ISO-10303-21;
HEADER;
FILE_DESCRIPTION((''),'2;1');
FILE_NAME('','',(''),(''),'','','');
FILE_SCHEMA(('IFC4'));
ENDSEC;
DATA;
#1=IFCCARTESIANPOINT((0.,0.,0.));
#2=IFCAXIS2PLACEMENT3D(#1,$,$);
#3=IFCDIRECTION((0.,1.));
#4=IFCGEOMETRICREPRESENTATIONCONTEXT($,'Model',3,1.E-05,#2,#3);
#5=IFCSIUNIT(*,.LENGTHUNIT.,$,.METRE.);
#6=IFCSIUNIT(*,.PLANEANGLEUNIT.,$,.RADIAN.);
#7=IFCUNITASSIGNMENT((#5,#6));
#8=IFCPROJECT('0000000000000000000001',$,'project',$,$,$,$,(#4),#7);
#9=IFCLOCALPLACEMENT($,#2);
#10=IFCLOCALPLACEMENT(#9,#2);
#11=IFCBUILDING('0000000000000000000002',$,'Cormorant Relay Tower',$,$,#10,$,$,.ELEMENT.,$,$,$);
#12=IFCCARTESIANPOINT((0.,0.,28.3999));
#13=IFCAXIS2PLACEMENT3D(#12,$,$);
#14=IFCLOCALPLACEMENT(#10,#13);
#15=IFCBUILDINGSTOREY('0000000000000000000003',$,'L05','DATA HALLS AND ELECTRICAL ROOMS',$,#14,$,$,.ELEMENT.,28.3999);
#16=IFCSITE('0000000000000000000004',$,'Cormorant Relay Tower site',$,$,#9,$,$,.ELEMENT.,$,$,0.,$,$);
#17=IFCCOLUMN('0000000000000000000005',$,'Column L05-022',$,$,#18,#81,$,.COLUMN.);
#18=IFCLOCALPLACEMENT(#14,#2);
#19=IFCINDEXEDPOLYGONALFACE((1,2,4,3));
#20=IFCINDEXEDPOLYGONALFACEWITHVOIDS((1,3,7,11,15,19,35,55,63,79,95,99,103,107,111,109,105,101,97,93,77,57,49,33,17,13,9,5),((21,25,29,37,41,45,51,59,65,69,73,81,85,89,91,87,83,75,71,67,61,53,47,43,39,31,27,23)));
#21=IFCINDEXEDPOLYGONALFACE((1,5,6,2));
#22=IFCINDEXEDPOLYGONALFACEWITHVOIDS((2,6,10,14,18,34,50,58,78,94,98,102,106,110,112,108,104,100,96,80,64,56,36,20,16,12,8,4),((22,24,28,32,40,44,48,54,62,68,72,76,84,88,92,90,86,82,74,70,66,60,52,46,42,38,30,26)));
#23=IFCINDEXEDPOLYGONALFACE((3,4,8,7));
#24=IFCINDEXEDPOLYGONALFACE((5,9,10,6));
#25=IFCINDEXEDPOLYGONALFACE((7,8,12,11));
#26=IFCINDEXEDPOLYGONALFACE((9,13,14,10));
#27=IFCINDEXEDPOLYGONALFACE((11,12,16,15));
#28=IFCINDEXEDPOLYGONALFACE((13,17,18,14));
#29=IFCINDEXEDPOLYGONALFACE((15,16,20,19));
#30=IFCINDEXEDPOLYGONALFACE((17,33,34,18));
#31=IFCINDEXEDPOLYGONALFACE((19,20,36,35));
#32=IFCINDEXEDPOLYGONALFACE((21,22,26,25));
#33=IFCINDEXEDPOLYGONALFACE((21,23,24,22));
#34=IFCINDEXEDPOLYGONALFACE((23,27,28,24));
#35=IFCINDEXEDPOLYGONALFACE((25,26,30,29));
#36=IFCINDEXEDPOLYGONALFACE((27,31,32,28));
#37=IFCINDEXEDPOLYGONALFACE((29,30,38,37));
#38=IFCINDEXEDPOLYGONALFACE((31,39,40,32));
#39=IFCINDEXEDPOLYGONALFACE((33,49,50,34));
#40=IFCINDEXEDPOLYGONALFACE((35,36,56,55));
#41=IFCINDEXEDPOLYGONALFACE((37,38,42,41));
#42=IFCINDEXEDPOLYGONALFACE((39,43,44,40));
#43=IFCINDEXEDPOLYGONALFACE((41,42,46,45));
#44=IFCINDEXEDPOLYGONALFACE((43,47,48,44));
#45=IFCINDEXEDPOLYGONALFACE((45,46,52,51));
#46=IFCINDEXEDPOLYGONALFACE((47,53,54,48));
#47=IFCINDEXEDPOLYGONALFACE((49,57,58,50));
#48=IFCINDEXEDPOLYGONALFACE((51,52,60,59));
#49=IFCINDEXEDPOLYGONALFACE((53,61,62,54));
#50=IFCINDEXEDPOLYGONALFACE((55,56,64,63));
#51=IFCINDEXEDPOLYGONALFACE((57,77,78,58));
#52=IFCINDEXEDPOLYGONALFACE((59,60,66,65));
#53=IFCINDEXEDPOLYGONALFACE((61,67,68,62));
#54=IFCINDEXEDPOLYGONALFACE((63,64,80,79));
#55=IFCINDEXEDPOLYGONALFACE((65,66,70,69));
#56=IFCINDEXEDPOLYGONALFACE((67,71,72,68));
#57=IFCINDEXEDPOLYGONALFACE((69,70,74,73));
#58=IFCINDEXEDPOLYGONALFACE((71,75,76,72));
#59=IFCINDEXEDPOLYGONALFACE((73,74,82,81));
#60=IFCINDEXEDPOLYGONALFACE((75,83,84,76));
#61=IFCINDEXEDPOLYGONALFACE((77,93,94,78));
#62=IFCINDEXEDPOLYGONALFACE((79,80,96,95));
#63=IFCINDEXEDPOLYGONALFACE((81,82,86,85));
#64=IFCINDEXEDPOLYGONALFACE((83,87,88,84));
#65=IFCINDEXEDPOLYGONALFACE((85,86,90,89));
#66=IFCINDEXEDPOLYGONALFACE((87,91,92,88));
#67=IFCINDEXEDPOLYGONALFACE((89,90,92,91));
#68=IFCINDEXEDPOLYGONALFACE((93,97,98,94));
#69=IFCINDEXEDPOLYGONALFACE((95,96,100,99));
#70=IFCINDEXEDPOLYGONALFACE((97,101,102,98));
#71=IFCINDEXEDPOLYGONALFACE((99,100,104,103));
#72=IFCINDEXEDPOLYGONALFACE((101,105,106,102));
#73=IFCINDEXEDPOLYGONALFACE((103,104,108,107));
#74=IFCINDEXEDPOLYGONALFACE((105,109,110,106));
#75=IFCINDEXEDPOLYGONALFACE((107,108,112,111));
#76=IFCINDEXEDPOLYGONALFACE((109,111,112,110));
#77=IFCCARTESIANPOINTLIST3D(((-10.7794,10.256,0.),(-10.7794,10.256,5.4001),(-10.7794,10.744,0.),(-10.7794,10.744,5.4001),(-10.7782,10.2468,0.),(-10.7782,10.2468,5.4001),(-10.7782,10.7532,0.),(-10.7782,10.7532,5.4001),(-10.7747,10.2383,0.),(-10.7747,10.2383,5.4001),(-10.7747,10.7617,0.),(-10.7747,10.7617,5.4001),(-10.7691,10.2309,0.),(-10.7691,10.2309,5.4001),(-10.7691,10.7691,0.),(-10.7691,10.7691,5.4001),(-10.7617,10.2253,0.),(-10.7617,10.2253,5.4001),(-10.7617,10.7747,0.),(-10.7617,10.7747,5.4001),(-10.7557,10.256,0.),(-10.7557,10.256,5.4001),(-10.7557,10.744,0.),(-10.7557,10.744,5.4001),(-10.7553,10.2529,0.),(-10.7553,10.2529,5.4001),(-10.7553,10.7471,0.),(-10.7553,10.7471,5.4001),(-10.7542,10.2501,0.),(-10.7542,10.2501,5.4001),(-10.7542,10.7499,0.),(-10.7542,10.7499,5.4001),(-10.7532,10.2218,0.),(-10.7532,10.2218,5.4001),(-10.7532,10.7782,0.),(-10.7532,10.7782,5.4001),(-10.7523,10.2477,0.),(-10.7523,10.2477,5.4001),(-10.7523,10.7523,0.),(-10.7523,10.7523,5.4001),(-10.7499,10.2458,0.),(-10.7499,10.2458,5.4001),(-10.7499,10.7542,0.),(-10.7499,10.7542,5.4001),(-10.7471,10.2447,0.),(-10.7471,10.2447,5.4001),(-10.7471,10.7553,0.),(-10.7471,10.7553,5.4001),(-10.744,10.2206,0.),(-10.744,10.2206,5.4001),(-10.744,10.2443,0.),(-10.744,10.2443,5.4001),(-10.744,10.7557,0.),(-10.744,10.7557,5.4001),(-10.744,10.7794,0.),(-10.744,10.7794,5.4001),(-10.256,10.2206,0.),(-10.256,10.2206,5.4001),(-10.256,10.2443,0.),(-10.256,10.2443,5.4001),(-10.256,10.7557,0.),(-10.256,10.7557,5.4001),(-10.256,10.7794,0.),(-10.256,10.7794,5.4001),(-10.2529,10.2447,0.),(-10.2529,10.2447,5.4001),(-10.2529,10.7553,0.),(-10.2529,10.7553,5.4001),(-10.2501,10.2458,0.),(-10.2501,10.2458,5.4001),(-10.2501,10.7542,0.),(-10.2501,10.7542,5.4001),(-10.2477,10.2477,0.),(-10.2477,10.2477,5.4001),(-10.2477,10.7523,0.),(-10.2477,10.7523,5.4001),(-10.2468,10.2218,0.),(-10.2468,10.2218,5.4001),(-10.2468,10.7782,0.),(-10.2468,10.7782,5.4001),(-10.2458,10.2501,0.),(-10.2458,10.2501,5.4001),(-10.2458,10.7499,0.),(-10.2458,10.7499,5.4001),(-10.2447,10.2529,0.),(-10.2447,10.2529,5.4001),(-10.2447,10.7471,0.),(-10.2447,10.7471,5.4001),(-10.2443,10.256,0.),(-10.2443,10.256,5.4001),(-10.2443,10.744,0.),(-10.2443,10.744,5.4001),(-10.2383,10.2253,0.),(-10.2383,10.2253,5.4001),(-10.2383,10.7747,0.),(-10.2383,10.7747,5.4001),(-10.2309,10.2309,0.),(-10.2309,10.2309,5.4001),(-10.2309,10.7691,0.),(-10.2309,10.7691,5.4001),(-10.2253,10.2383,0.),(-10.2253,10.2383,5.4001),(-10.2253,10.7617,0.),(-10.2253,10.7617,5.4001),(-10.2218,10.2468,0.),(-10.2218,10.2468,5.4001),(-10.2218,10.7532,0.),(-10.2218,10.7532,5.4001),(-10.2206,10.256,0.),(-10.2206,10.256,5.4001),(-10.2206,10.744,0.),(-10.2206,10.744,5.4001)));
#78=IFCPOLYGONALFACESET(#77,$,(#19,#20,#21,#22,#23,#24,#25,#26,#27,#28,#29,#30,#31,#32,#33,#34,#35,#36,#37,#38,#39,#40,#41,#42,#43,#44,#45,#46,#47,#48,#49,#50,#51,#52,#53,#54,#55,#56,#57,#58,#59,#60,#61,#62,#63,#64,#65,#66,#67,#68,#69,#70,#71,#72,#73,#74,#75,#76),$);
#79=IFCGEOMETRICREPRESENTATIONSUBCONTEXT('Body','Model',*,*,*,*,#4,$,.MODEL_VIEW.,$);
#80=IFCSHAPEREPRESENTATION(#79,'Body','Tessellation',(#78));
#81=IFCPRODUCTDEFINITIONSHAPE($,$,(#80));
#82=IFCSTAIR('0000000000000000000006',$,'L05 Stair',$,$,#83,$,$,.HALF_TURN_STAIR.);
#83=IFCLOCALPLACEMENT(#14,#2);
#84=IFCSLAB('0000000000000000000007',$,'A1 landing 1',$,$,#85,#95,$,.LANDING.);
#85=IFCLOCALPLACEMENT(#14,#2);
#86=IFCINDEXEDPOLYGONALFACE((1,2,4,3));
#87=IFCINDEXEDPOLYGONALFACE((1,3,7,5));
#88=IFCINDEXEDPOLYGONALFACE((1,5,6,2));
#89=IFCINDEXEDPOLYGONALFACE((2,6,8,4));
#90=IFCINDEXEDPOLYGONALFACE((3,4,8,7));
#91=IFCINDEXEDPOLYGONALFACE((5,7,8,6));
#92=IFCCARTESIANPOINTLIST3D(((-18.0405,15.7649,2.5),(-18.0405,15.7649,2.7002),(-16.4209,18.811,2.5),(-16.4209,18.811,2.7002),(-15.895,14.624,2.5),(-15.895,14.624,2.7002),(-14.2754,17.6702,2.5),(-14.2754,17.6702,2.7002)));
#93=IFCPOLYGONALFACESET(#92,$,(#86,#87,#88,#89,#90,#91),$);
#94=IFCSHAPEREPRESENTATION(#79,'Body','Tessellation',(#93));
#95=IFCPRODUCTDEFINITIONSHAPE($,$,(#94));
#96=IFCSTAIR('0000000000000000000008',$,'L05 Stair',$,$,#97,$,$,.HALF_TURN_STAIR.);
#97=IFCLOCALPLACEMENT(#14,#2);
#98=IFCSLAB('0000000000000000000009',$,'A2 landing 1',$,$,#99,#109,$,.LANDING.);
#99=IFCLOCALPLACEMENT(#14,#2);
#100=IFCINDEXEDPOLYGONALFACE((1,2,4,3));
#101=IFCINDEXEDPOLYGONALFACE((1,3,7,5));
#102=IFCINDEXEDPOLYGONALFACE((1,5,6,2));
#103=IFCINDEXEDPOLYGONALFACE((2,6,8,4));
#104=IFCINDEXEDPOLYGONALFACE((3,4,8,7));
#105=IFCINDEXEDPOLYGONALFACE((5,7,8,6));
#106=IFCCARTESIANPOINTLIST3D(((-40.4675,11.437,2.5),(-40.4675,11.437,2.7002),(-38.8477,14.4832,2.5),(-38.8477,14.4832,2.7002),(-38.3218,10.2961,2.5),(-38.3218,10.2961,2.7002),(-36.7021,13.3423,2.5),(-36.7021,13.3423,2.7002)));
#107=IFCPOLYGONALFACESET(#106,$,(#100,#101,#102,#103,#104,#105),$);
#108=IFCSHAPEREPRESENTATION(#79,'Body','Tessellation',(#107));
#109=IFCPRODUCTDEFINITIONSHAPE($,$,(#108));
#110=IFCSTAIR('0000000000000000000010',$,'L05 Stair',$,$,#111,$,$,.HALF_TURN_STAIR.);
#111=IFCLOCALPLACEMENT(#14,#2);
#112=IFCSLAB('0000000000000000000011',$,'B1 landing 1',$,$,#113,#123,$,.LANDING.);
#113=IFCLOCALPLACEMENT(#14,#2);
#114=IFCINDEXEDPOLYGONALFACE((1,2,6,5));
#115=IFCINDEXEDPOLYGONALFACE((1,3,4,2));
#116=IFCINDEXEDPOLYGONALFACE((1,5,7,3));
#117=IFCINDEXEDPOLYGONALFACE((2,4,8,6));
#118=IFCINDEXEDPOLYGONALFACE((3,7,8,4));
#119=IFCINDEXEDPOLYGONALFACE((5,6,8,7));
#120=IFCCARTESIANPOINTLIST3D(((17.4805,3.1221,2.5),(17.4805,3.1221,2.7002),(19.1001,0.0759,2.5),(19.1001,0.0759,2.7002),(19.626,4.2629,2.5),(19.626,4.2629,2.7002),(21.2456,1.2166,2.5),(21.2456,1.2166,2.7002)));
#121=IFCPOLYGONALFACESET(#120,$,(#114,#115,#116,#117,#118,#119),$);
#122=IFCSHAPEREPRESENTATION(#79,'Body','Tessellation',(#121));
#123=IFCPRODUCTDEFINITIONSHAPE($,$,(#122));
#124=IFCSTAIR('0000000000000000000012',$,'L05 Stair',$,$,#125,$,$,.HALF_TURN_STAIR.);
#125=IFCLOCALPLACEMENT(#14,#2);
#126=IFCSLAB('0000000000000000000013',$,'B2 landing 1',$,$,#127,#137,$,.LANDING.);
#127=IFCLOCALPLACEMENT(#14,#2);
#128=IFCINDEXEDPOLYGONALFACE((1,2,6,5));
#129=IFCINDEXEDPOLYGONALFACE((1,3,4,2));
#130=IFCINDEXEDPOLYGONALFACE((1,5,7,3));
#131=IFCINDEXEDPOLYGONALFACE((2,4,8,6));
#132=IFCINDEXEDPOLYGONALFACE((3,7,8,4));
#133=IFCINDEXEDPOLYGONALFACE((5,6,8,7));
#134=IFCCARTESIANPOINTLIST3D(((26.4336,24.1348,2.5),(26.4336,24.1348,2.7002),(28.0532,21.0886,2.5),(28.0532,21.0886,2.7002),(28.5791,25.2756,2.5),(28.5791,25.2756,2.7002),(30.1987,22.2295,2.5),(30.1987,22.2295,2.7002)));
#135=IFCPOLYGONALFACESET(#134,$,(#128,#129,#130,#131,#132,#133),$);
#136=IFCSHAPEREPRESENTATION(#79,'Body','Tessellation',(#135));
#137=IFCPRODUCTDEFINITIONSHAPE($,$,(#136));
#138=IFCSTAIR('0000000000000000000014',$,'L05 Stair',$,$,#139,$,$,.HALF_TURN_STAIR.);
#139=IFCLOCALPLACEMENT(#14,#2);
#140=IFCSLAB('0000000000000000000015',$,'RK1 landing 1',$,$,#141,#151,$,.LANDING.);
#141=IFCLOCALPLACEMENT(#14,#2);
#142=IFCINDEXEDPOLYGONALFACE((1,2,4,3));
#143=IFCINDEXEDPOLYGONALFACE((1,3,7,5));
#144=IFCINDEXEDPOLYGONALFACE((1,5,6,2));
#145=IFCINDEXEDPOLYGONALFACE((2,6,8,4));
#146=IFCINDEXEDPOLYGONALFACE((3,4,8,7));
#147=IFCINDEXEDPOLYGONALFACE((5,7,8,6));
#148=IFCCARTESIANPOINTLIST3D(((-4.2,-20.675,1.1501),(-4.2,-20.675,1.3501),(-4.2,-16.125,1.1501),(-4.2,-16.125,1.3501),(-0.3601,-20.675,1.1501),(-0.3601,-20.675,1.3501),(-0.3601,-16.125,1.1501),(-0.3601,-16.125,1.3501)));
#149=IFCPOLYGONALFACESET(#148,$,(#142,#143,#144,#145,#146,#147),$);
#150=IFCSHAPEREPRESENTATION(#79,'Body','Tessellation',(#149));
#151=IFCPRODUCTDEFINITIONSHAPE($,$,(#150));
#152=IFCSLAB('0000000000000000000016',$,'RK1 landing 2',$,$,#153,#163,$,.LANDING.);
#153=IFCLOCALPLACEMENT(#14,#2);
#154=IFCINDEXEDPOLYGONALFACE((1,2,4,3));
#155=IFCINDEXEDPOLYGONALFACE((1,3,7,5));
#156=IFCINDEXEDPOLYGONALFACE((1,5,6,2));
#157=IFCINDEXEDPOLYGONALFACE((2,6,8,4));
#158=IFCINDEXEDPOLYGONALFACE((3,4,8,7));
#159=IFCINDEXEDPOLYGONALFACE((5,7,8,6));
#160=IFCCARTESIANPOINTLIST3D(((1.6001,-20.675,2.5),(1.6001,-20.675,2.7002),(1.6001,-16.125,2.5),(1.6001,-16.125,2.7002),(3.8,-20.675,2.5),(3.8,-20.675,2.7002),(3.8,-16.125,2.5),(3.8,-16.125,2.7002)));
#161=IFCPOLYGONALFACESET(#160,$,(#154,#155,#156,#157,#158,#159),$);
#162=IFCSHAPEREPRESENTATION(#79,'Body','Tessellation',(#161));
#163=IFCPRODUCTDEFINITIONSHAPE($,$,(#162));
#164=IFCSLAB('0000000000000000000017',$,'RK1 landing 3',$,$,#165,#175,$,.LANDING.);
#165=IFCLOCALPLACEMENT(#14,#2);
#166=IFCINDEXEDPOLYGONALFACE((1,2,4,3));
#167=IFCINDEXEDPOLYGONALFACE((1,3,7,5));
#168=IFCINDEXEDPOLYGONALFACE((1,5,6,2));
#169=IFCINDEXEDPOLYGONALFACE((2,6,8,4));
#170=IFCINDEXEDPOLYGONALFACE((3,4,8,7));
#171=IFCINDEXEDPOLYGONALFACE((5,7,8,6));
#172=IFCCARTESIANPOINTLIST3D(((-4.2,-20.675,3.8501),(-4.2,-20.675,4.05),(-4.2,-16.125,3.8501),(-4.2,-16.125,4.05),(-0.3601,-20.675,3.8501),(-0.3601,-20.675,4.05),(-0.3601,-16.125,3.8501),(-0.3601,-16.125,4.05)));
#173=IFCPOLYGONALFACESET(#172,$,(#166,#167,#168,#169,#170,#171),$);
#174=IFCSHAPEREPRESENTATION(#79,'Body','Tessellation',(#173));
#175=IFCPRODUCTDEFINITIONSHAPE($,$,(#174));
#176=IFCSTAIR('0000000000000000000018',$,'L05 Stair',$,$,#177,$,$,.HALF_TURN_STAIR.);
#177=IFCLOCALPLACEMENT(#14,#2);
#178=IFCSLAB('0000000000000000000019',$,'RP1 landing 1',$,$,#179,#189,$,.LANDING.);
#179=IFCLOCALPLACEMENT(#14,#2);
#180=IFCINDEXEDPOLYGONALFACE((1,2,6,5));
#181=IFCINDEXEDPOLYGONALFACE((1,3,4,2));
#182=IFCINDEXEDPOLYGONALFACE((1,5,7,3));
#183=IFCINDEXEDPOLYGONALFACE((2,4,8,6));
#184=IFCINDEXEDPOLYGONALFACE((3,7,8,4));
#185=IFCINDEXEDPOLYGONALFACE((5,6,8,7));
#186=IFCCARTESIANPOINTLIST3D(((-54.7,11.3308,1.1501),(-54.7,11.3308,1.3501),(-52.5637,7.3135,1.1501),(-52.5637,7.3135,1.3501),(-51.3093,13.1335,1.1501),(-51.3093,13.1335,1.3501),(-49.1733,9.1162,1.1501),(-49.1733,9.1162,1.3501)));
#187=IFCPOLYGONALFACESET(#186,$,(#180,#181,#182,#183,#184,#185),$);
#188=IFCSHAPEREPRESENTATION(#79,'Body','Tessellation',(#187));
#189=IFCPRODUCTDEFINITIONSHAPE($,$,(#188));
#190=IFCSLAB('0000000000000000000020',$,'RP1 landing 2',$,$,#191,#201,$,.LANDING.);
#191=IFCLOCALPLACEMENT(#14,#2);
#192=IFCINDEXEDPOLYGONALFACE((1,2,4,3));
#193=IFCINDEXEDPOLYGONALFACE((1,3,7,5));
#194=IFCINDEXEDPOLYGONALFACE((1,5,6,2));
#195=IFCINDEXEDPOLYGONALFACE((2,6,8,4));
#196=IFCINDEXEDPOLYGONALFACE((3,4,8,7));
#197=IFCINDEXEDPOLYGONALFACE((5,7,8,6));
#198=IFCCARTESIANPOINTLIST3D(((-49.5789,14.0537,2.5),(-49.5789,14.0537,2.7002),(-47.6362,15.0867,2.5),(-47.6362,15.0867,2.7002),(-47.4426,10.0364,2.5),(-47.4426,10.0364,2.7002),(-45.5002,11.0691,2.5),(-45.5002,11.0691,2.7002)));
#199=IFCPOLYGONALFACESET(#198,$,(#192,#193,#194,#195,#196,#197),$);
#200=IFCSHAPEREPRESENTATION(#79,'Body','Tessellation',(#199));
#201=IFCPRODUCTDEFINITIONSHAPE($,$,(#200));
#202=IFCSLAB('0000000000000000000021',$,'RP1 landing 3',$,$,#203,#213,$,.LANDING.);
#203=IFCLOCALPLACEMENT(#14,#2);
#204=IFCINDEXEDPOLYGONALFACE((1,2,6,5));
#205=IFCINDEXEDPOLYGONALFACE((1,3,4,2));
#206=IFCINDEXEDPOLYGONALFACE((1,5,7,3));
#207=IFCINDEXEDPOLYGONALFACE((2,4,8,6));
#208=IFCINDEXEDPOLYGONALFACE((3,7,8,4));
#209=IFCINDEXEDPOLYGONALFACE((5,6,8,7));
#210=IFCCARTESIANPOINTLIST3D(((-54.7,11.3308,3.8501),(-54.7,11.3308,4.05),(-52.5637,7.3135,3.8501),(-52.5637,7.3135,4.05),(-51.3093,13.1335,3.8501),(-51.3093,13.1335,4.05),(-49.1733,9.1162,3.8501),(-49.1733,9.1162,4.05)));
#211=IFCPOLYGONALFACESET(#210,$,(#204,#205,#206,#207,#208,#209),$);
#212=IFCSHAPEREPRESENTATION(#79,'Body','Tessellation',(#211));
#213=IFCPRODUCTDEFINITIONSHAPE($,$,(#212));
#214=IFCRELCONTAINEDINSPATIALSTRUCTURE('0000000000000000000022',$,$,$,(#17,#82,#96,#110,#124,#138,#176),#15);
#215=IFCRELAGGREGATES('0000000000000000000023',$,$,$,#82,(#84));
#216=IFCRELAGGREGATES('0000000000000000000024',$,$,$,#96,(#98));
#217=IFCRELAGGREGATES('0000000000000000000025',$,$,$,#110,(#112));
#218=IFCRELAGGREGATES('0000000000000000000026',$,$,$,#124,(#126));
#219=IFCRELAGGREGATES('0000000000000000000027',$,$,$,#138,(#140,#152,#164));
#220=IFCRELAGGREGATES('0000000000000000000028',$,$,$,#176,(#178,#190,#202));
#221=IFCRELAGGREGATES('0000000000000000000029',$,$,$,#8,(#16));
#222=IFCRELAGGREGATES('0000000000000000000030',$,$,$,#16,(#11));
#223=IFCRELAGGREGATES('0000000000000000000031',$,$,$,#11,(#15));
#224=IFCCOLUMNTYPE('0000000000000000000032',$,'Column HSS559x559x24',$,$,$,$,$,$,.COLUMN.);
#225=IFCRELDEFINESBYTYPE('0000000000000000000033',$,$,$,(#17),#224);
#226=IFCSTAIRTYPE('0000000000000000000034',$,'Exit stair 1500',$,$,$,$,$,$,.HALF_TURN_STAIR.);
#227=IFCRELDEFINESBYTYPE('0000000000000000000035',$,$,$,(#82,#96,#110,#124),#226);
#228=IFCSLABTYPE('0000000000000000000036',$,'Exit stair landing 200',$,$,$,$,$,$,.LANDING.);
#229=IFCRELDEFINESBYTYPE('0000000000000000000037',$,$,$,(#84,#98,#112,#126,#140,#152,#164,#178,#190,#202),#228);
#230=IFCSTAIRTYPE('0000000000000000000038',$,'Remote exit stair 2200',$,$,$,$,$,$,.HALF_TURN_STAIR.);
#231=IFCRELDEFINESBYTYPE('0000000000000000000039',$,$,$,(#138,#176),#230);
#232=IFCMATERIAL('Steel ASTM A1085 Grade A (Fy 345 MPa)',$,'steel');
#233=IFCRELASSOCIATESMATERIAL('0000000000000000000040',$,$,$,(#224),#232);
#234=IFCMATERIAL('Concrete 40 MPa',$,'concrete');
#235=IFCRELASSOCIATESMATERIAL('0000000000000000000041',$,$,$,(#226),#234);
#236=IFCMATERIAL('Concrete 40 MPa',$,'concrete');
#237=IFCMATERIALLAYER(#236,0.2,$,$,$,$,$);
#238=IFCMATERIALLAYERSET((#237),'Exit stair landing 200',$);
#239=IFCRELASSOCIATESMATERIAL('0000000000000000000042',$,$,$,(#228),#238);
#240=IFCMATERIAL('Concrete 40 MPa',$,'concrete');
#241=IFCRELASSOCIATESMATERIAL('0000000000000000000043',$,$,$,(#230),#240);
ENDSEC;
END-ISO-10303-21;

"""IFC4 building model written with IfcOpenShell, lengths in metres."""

from ifc_helpers import new_model, si_unit, direction, frame, origin, origin_2d, place, context, subcontext, project, spatial, polyline, hollow_rectangle, outline, extrude, material, layer, layer_set, material_profile, profile_set, type_object, element, aggregate, save


model = new_model("IFC4")

# Units and contexts
model_context = context("Model", 3, precision=1e-05, world=origin(), true_north=direction((0.0, 1.0)))
body_context = subcontext(model_context, "Body", "Model", "MODEL_VIEW")
ifc_project = project(units=[si_unit("LENGTHUNIT", "METRE"), si_unit("PLANEANGLEUNIT", "RADIAN")], contexts=[model_context])

# Site, building, storey
site_placement = place(None, origin())
site = spatial("IfcSite", under=ifc_project, at=site_placement, Name="Cormorant Relay Tower site", CompositionType="ELEMENT", RefElevation=0.0)
building_placement = place(site_placement, origin())
building = spatial("IfcBuilding", under=site, at=building_placement, Name="Cormorant Relay Tower", CompositionType="ELEMENT")
storey_placement = place(building_placement, frame((0.0, 0.0, 28.3999)))
storey = spatial("IfcBuildingStorey", under=building, at=storey_placement, Name="L05", Description="DATA HALLS AND ELECTRICAL ROOMS", CompositionType="ELEMENT", Elevation=28.3999)

# Column
ifc_material_1 = material(Name="Steel ASTM A1085 Grade A (Fy 345 MPa)", Category="steel")
ifc_material_profile = material_profile(ifc_material_1, hollow_rectangle(XDim=0.5588, YDim=0.5588, WallThickness=0.0237, InnerFilletRadius=0.0117, OuterFilletRadius=0.0354, at=origin_2d()), Name="HSS559x559x24")
ifc_profile_set = profile_set([ifc_material_profile], Name="Steel ASTM A1085 Grade A (Fy 345 MPa)")
column_type = type_object("IfcColumnType", Name="Column HSS559x559x24", PredefinedType="COLUMN", material=ifc_profile_set)
column_placement = place(storey_placement, frame((-10.5, 10.5, 0.0), z_axis=(0.0, 0.0, 1.0), x_axis=(1.0, 0.0, 0.0)))
element("IfcColumn", 1, at=column_placement, inside=storey, type_object=column_type, Name="Column L05-022", PredefinedType="COLUMN", context=body_context, shape_type="SweptSolid", body=[
    extrude(hollow_rectangle(XDim=0.5588, YDim=0.5588, WallThickness=0.0237, InnerFilletRadius=0.0117, OuterFilletRadius=0.0354, at=origin_2d()), origin(), (0.0, 0.0, 1.0), 5.4001),
])

# Stairs, slabs
ifc_material_2 = material(Name="Concrete 40 MPa", Category="concrete")
stair_type_1 = type_object("IfcStairType", Name="Exit stair 1500", PredefinedType="HALF_TURN_STAIR", material=ifc_material_2)
stair_1_placement = place(storey_placement, origin())
stair_1 = element("IfcStair", 2, at=stair_1_placement, inside=storey, type_object=stair_type_1, Name="L05 Stair", PredefinedType="HALF_TURN_STAIR")
ifc_material_3 = material(Name="Concrete 40 MPa", Category="concrete")
ifc_layer_1 = layer(ifc_material_3, 0.2)
ifc_layer_set_1 = layer_set([ifc_layer_1], Name="Exit stair landing 200")
slab_type = type_object("IfcSlabType", Name="Exit stair landing 200", PredefinedType="LANDING", material=ifc_layer_set_1)
slab_1_placement = place(storey_placement, frame((0.0, 0.0, 2.5)))
slab_1 = element("IfcSlab", 3, at=slab_1_placement, type_object=slab_type, Name="A1 landing 1", PredefinedType="LANDING", context=body_context, shape_type="SweptSolid", body=[
    extrude(outline(polyline([(-18.0405, 15.7649), (-15.895, 14.624), (-14.2754, 17.6702), (-16.4209, 18.811), (-18.0405, 15.7649)])), origin(), (0.0, 0.0, 1.0), 0.2002),
])
aggregate(stair_1, [slab_1])
stair_2_placement = place(storey_placement, origin())
stair_2 = element("IfcStair", 4, at=stair_2_placement, inside=storey, type_object=stair_type_1, Name="L05 Stair", PredefinedType="HALF_TURN_STAIR")
slab_2_placement = place(storey_placement, frame((0.0, 0.0, 2.5)))
slab_2 = element("IfcSlab", 5, at=slab_2_placement, type_object=slab_type, Name="A2 landing 1", PredefinedType="LANDING", context=body_context, shape_type="SweptSolid", body=[
    extrude(outline(polyline([(-36.7021, 13.3423), (-38.8477, 14.4832), (-40.4675, 11.437), (-38.3218, 10.2961), (-36.7021, 13.3423)])), origin(), (0.0, 0.0, 1.0), 0.2002),
])
aggregate(stair_2, [slab_2])
stair_3_placement = place(storey_placement, origin())
stair_3 = element("IfcStair", 6, at=stair_3_placement, inside=storey, type_object=stair_type_1, Name="L05 Stair", PredefinedType="HALF_TURN_STAIR")
slab_3_placement = place(storey_placement, frame((0.0, 0.0, 2.5)))
slab_3 = element("IfcSlab", 7, at=slab_3_placement, type_object=slab_type, Name="B1 landing 1", PredefinedType="LANDING", context=body_context, shape_type="SweptSolid", body=[
    extrude(outline(polyline([(19.626, 4.2629), (17.4805, 3.1221), (19.1001, 0.0759), (21.2456, 1.2166), (19.626, 4.2629)])), origin(), (0.0, 0.0, 1.0), 0.2002),
])
aggregate(stair_3, [slab_3])
stair_4_placement = place(storey_placement, origin())
stair_4 = element("IfcStair", 8, at=stair_4_placement, inside=storey, type_object=stair_type_1, Name="L05 Stair", PredefinedType="HALF_TURN_STAIR")
slab_4_placement = place(storey_placement, frame((0.0, 0.0, 2.5)))
slab_4 = element("IfcSlab", 9, at=slab_4_placement, type_object=slab_type, Name="B2 landing 1", PredefinedType="LANDING", context=body_context, shape_type="SweptSolid", body=[
    extrude(outline(polyline([(28.0532, 21.0886), (30.1987, 22.2295), (28.5791, 25.2756), (26.4336, 24.1348), (28.0532, 21.0886)])), origin(), (0.0, 0.0, 1.0), 0.2002),
])
aggregate(stair_4, [slab_4])

# Stairs, slabs
ifc_material_4 = material(Name="Concrete 40 MPa", Category="concrete")
stair_type_2 = type_object("IfcStairType", Name="Remote exit stair 2200", PredefinedType="HALF_TURN_STAIR", material=ifc_material_4)
stair_5_placement = place(storey_placement, origin())
stair_5 = element("IfcStair", 10, at=stair_5_placement, inside=storey, type_object=stair_type_2, Name="L05 Stair", PredefinedType="HALF_TURN_STAIR")
slab_5_placement = place(storey_placement, frame((0.0, 0.0, 1.1501)))
slab_5 = element("IfcSlab", 11, at=slab_5_placement, type_object=slab_type, Name="RK1 landing 1", PredefinedType="LANDING", context=body_context, shape_type="SweptSolid", body=[
    extrude(outline(polyline([(-0.3601, -16.125), (-4.2, -16.125), (-4.2, -20.675), (-0.3601, -20.675), (-0.3601, -16.125)])), origin(), (0.0, 0.0, 1.0), 0.2),
])
slab_6_placement = place(storey_placement, frame((0.0, 0.0, 2.5)))
slab_6 = element("IfcSlab", 12, at=slab_6_placement, type_object=slab_type, Name="RK1 landing 2", PredefinedType="LANDING", context=body_context, shape_type="SweptSolid", body=[
    extrude(outline(polyline([(3.8, -16.125), (1.6001, -16.125), (1.6001, -20.675), (3.8, -20.675), (3.8, -16.125)])), origin(), (0.0, 0.0, 1.0), 0.2002),
])
slab_7_placement = place(storey_placement, frame((0.0, 0.0, 3.8501)))
slab_7 = element("IfcSlab", 13, at=slab_7_placement, type_object=slab_type, Name="RK1 landing 3", PredefinedType="LANDING", context=body_context, shape_type="SweptSolid", body=[
    extrude(outline(polyline([(-0.3601, -16.125), (-4.2, -16.125), (-4.2, -20.675), (-0.3601, -20.675), (-0.3601, -16.125)])), origin(), (0.0, 0.0, 1.0), 0.2),
])
aggregate(stair_5, [slab_5, slab_6, slab_7])
stair_6_placement = place(storey_placement, origin())
stair_6 = element("IfcStair", 14, at=stair_6_placement, inside=storey, type_object=stair_type_2, Name="L05 Stair", PredefinedType="HALF_TURN_STAIR")
slab_8_placement = place(storey_placement, frame((0.0, 0.0, 1.1501)))
slab_8 = element("IfcSlab", 15, at=slab_8_placement, type_object=slab_type, Name="RP1 landing 1", PredefinedType="LANDING", context=body_context, shape_type="SweptSolid", body=[
    extrude(outline(polyline([(-51.3093, 13.1335), (-54.7, 11.3308), (-52.5637, 7.3135), (-49.1733, 9.1162), (-51.3093, 13.1335)])), origin(), (0.0, 0.0, 1.0), 0.2),
])
slab_9_placement = place(storey_placement, frame((0.0, 0.0, 2.5)))
slab_9 = element("IfcSlab", 16, at=slab_9_placement, type_object=slab_type, Name="RP1 landing 2", PredefinedType="LANDING", context=body_context, shape_type="SweptSolid", body=[
    extrude(outline(polyline([(-47.6362, 15.0867), (-49.5789, 14.0537), (-47.4426, 10.0364), (-45.5002, 11.0691), (-47.6362, 15.0867)])), origin(), (0.0, 0.0, 1.0), 0.2002),
])
slab_10_placement = place(storey_placement, frame((0.0, 0.0, 3.8501)))
slab_10 = element("IfcSlab", 17, at=slab_10_placement, type_object=slab_type, Name="RP1 landing 3", PredefinedType="LANDING", context=body_context, shape_type="SweptSolid", body=[
    extrude(outline(polyline([(-51.3093, 13.1335), (-54.7, 11.3308), (-52.5637, 7.3135), (-49.1733, 9.1162), (-51.3093, 13.1335)])), origin(), (0.0, 0.0, 1.0), 0.2),
])
aggregate(stair_6, [slab_8, slab_9, slab_10])

save(model, "model.ifc")
